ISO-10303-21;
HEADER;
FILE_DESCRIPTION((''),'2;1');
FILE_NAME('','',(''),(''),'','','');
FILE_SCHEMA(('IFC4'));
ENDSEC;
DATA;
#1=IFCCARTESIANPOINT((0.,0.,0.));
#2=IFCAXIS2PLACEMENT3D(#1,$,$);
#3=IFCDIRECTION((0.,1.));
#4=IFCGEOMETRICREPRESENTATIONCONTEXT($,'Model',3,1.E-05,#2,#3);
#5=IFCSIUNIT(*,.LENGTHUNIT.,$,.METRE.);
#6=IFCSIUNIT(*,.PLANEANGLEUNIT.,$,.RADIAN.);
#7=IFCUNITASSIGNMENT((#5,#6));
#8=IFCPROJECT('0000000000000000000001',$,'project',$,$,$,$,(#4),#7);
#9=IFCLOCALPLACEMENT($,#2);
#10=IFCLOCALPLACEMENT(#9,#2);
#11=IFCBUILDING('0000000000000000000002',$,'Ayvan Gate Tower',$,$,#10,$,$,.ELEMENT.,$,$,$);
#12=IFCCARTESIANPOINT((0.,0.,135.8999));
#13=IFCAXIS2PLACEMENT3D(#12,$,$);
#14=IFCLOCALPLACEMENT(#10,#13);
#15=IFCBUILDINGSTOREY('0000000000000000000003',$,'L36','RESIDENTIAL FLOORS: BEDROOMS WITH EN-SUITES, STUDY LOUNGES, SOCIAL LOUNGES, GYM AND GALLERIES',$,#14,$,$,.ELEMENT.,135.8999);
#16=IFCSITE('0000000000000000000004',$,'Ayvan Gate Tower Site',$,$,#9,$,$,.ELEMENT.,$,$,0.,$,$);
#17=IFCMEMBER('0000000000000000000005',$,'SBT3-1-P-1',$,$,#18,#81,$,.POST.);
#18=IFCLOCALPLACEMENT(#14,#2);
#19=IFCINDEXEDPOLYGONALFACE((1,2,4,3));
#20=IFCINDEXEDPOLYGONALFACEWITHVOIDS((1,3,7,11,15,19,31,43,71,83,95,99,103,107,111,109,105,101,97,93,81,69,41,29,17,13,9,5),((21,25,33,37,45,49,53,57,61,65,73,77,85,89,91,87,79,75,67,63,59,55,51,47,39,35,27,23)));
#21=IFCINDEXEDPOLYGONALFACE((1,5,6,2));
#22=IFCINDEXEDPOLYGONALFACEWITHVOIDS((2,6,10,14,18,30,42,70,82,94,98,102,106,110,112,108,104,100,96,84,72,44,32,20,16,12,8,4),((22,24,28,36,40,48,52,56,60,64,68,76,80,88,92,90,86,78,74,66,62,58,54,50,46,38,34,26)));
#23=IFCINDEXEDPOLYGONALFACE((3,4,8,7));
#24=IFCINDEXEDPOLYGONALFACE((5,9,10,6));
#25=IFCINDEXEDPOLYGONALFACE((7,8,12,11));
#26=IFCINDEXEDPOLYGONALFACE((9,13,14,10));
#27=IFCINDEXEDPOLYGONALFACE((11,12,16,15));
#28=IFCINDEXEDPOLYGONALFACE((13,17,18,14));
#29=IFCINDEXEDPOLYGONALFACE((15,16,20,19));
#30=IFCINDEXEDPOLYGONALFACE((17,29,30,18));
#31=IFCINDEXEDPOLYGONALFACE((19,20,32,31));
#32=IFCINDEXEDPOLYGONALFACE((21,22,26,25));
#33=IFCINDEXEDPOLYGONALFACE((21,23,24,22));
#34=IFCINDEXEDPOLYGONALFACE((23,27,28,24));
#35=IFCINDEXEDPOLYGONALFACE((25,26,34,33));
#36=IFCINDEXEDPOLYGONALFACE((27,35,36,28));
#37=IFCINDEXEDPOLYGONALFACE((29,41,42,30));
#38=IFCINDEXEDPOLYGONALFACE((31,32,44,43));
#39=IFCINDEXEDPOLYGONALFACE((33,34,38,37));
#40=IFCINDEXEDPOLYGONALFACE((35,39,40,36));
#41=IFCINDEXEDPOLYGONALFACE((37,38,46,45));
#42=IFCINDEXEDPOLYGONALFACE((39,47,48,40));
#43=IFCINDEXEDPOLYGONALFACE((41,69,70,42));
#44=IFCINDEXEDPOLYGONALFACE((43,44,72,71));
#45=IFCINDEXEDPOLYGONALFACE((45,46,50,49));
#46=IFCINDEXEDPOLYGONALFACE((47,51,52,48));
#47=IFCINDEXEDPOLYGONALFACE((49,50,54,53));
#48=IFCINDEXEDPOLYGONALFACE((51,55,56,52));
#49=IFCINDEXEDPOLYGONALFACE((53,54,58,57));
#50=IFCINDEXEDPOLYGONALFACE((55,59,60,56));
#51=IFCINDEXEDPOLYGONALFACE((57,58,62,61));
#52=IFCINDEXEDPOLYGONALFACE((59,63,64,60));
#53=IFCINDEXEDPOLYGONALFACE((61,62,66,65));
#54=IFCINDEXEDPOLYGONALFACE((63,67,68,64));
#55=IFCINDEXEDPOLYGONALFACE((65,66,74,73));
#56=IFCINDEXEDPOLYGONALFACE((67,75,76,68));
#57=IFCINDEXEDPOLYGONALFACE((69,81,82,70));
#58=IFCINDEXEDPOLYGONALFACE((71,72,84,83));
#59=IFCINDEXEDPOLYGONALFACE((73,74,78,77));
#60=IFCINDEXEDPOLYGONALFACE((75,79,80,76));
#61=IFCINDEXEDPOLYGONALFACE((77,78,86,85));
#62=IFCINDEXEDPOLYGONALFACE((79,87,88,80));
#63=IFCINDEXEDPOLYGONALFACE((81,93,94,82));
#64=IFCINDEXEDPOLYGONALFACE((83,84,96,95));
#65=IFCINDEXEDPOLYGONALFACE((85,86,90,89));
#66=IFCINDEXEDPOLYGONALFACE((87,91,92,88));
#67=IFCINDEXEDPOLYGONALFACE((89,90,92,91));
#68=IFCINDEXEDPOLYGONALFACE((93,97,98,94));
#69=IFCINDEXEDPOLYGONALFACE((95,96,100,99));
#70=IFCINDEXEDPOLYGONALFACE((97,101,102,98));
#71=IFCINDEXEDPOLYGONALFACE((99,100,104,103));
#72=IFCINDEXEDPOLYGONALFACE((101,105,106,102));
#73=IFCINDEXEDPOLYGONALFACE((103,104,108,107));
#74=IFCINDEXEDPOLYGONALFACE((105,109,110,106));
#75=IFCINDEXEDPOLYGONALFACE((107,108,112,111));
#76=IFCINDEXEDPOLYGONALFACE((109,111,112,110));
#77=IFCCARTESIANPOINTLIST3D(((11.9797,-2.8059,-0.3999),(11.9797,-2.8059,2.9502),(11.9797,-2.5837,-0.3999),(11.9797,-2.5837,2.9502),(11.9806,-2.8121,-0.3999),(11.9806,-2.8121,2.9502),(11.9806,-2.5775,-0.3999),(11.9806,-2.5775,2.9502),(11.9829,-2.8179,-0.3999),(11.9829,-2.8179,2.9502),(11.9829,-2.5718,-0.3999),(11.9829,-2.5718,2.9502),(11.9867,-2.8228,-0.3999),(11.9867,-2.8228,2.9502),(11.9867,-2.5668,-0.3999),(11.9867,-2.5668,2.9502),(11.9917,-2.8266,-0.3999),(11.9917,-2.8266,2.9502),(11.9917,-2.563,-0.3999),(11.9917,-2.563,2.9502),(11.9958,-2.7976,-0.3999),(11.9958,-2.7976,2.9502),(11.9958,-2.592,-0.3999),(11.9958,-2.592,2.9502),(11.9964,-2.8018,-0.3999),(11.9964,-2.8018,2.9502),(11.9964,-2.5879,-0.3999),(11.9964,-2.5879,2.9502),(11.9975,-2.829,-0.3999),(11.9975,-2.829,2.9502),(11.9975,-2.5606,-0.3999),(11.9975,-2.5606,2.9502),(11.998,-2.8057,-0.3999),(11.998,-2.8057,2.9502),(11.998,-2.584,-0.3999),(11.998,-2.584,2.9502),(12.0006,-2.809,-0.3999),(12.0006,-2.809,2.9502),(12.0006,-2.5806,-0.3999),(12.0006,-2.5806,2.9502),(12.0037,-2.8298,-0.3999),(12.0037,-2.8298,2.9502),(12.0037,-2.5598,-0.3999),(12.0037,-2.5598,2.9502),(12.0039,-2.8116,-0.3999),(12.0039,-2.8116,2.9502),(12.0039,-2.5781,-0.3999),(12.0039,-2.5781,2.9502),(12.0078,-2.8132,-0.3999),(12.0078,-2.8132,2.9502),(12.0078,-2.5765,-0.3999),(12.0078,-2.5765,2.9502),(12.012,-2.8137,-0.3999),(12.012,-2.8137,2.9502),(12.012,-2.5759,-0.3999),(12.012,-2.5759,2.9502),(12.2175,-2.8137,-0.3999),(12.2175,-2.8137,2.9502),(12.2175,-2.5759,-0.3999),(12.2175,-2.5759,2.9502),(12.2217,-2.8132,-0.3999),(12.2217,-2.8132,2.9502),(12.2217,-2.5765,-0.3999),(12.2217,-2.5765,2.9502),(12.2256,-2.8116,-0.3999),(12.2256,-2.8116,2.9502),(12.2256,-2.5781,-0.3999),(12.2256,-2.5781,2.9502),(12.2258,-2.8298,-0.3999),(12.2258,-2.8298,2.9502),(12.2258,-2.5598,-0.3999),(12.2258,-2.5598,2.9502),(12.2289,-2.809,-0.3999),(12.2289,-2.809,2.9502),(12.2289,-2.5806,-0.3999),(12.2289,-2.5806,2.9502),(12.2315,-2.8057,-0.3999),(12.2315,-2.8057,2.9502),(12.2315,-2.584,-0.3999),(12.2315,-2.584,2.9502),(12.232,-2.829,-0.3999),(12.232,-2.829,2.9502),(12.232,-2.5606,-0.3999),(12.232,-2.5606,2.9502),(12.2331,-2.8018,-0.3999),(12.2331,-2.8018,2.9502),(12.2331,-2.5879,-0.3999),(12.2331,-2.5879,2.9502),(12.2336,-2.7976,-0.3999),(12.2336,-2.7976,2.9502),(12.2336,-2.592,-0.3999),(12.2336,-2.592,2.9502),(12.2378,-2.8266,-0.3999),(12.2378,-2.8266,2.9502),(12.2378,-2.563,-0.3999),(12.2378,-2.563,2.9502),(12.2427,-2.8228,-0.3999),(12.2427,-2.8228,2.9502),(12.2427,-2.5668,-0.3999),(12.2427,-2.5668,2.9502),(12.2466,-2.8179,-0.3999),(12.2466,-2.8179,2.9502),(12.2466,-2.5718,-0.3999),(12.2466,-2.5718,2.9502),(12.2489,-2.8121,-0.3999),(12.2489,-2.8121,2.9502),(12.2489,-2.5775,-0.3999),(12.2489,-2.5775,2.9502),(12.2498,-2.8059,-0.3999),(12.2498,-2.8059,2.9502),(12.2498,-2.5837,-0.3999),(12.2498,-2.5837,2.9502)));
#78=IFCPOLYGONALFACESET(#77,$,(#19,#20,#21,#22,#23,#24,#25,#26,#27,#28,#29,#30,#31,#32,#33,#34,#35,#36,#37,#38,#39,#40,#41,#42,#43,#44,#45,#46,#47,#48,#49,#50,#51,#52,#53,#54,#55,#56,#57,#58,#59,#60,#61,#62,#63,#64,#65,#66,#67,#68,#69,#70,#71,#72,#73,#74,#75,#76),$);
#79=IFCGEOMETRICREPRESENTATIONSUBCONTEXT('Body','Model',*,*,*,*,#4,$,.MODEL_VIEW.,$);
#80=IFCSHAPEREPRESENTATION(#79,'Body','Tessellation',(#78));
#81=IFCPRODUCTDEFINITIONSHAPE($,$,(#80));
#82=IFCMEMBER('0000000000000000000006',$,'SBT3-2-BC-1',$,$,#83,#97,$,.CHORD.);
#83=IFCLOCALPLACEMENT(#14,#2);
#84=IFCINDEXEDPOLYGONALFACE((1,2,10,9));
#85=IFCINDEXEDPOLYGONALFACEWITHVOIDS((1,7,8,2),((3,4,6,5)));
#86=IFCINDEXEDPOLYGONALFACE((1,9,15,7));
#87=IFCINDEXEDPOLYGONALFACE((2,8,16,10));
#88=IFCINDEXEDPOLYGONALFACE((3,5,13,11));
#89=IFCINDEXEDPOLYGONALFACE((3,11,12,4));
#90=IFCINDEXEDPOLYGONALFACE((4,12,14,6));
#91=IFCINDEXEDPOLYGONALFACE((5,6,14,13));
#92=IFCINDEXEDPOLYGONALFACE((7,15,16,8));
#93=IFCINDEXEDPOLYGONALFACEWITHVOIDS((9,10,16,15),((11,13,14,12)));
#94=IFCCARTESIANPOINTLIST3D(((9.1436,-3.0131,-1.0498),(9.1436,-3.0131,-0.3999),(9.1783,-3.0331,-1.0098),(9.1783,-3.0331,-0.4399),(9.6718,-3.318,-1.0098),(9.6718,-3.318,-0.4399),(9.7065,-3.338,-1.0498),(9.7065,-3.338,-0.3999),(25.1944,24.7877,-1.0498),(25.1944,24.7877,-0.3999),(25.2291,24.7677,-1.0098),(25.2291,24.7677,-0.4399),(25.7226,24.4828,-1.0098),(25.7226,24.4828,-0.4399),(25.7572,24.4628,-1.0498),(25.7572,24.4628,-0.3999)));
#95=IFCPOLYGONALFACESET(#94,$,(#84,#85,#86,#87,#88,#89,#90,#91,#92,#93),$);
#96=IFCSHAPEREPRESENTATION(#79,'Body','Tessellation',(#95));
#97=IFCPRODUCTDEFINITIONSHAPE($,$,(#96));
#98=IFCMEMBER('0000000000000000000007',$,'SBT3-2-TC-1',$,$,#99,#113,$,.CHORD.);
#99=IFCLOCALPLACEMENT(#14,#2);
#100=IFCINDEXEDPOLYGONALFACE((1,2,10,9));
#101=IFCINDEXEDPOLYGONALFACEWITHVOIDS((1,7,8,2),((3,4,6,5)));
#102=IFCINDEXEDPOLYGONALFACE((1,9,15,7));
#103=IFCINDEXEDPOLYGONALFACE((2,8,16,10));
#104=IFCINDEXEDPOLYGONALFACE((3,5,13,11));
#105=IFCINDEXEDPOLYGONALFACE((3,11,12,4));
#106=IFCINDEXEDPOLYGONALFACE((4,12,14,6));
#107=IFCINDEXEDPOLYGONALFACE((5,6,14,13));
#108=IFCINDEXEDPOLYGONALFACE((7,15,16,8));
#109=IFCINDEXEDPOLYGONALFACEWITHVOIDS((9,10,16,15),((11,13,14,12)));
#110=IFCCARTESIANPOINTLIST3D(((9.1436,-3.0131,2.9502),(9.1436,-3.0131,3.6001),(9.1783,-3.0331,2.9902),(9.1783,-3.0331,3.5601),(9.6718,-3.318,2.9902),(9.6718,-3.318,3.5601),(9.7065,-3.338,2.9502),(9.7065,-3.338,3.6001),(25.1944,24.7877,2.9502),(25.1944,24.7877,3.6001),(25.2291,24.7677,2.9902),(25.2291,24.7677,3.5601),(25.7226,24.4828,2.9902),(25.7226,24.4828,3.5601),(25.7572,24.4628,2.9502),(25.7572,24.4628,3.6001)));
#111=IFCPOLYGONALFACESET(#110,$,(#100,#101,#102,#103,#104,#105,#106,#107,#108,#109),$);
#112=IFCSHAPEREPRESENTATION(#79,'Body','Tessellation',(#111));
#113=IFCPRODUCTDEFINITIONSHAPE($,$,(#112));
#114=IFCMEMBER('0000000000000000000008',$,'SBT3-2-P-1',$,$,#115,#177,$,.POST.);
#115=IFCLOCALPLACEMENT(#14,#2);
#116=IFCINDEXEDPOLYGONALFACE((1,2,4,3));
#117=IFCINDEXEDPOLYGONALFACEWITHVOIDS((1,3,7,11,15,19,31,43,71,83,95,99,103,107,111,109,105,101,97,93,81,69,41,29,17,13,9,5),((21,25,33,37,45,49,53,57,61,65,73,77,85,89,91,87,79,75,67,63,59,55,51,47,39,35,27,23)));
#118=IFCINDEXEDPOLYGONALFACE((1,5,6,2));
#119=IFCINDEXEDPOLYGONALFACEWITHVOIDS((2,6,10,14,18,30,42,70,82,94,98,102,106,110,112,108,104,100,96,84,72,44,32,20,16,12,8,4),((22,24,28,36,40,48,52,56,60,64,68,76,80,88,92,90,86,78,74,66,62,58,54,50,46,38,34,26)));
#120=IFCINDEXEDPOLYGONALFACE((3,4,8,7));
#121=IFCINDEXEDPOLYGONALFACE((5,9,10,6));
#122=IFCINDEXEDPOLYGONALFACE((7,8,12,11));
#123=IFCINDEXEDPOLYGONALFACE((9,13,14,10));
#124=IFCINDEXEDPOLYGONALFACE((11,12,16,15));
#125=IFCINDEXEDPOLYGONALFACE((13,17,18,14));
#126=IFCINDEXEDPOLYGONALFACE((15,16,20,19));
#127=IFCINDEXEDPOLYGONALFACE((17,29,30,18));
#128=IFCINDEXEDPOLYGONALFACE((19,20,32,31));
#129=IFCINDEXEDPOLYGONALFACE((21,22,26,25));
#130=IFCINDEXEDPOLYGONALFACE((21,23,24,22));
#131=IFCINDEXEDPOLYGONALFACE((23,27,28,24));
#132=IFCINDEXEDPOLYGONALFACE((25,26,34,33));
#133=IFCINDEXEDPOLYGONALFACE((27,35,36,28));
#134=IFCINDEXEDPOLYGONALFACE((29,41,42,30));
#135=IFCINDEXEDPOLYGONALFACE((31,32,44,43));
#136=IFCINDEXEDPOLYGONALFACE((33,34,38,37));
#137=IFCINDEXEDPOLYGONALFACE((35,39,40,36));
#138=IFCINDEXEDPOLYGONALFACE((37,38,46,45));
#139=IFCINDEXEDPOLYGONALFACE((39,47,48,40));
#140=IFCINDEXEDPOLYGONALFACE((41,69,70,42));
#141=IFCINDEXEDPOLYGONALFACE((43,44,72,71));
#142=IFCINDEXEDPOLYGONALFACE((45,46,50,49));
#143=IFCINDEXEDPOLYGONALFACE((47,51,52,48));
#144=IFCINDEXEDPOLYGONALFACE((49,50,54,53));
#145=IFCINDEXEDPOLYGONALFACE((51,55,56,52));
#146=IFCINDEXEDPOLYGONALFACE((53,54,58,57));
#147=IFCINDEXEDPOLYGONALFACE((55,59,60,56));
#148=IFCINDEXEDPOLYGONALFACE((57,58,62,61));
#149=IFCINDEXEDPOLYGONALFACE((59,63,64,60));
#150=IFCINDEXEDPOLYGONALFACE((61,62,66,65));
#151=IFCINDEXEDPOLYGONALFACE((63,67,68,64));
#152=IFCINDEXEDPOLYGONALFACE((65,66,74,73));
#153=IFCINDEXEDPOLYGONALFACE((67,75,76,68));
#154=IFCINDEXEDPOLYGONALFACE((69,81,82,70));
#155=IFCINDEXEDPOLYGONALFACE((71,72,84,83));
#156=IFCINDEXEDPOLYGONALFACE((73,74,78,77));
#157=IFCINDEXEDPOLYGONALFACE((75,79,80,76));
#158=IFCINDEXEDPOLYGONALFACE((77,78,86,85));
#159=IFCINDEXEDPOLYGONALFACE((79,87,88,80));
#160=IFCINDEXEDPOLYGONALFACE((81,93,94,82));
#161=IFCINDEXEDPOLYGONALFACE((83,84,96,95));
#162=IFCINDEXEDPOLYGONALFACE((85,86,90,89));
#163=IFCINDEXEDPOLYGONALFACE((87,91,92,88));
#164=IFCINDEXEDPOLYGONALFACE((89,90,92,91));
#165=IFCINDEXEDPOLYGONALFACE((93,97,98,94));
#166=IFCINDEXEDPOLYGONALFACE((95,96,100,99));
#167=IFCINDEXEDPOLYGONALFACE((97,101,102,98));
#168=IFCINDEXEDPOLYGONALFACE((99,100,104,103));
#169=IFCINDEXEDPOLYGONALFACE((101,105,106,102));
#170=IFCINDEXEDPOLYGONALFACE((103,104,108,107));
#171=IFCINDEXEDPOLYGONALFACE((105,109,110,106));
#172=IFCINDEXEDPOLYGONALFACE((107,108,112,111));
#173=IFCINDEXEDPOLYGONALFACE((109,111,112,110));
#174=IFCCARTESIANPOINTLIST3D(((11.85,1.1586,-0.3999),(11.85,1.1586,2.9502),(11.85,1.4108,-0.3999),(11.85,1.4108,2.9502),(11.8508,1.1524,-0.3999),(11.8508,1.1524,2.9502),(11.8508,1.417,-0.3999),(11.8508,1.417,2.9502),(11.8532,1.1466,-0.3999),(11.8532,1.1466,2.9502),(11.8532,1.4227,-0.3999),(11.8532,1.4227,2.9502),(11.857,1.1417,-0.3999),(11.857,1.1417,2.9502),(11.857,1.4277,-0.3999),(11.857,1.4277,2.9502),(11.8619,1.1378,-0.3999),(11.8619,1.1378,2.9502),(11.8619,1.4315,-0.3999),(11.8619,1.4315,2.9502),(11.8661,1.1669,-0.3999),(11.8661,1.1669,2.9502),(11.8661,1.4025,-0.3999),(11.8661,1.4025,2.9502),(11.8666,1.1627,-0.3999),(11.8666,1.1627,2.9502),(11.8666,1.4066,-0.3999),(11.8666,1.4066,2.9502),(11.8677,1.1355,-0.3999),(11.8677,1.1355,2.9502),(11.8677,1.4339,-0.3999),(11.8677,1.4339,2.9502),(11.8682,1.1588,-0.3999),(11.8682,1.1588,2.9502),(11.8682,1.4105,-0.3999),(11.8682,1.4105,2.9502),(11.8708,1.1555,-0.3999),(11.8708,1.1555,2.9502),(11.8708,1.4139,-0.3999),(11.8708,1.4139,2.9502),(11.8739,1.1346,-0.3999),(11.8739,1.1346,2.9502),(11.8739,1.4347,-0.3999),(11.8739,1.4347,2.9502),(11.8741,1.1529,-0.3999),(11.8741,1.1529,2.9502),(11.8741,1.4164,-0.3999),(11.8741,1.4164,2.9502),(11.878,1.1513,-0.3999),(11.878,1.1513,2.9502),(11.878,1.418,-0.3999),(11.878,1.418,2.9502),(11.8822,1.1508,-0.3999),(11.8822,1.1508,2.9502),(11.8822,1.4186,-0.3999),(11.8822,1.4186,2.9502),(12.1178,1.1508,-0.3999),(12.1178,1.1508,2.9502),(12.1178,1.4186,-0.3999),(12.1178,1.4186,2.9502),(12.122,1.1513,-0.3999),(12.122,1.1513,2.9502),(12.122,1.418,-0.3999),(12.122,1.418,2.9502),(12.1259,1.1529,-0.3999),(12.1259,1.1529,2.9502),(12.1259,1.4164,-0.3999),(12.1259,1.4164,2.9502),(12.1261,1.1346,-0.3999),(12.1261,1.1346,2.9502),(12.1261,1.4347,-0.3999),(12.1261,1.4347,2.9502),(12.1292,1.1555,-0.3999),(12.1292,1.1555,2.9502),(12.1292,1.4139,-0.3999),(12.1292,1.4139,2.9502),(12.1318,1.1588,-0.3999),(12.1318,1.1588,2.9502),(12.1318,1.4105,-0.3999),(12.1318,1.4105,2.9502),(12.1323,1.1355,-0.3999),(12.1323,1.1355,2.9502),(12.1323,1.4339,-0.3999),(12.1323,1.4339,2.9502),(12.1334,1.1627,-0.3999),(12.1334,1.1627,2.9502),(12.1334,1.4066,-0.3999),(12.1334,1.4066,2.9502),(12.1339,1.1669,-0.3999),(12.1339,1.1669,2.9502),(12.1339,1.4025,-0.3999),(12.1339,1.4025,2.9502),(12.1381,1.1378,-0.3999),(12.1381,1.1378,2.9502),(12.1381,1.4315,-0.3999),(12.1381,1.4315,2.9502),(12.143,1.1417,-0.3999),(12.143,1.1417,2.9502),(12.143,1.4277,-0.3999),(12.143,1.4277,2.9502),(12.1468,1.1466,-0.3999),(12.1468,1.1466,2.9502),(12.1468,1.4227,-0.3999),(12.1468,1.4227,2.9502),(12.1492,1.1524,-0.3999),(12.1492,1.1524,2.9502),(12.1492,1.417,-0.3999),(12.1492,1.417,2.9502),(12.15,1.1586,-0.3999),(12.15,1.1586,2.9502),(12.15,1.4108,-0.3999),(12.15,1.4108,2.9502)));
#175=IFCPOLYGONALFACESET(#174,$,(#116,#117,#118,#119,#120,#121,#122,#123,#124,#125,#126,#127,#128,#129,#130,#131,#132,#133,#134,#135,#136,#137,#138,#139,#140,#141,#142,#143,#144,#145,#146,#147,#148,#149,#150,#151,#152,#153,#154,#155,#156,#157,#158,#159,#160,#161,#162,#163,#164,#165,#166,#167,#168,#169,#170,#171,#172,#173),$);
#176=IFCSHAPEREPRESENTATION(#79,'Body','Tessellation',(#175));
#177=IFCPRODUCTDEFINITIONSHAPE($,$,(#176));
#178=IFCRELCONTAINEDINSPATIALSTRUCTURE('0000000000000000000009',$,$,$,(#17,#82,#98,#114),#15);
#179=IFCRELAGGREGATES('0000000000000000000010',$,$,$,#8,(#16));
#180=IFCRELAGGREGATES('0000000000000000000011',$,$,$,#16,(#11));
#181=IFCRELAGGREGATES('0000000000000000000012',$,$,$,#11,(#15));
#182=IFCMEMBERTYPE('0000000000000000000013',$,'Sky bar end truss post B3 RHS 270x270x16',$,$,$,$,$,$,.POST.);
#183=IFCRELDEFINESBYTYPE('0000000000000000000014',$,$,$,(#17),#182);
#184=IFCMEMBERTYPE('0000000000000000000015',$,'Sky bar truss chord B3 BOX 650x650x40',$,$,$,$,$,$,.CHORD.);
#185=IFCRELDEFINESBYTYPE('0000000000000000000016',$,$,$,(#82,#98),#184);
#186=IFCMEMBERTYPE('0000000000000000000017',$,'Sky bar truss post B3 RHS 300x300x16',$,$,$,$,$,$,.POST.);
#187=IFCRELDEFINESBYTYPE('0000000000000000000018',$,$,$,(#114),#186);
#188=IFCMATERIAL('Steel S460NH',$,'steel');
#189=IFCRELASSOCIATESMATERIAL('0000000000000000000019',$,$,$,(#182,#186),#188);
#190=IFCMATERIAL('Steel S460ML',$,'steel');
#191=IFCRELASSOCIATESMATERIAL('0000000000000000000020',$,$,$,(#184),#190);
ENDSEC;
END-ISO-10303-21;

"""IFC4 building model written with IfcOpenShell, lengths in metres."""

from ifc_helpers import new_model, si_unit, direction, frame, origin, origin_2d, place, context, subcontext, project, spatial, hollow_rectangle, extrude, material, material_profile, profile_set, type_object, element, save


model = new_model("IFC4")

# Units and contexts
model_context = context("Model", 3, precision=1e-05, world=origin(), true_north=direction((0.0, 1.0)))
body_context = subcontext(model_context, "Body", "Model", "MODEL_VIEW")
ifc_project = project(units=[si_unit("LENGTHUNIT", "METRE"), si_unit("PLANEANGLEUNIT", "RADIAN")], contexts=[model_context])

# Site, building, storey
site_placement = place(None, origin())
site = spatial("IfcSite", under=ifc_project, at=site_placement, Name="Ayvan Gate Tower Site", CompositionType="ELEMENT", RefElevation=0.0)
building_placement = place(site_placement, origin())
building = spatial("IfcBuilding", under=site, at=building_placement, Name="Ayvan Gate Tower", CompositionType="ELEMENT")
storey_placement = place(building_placement, frame((0.0, 0.0, 135.8999)))
storey = spatial("IfcBuildingStorey", under=building, at=storey_placement, Name="L36", Description="RESIDENTIAL FLOORS: BEDROOMS WITH EN-SUITES, STUDY LOUNGES, SOCIAL LOUNGES, GYM AND GALLERIES", CompositionType="ELEMENT", Elevation=135.8999)

# Members
ifc_material_1 = material(Name="Steel S460NH", Category="steel")
ifc_material_profile_1 = material_profile(ifc_material_1, hollow_rectangle(XDim=0.27, YDim=0.27, WallThickness=0.0161, InnerFilletRadius=0.0161, OuterFilletRadius=0.0239, at=origin_2d()), Name="RHS 270x270x16")
ifc_profile_set_1 = profile_set([ifc_material_profile_1], Name="Steel S460NH")
member_type_1 = type_object("IfcMemberType", Name="Sky bar end truss post B3 RHS 270x270x16", PredefinedType="POST", material=ifc_profile_set_1)
member_1_placement = place(storey_placement, frame((12.1147, -2.6948, -0.3999), z_axis=(0.0, 0.0, 1.0), x_axis=(1.0, 0.0, 0.0)))
element("IfcMember", 1, at=member_1_placement, inside=storey, type_object=member_type_1, Name="SBT3-1-P-1", PredefinedType="POST", context=body_context, shape_type="SweptSolid", body=[
    extrude(hollow_rectangle(XDim=0.27, YDim=0.27, WallThickness=0.0161, InnerFilletRadius=0.0161, OuterFilletRadius=0.0239, at=origin_2d()), origin(), (0.0, 0.0, 1.0), 3.3501),
])
ifc_material_2 = material(Name="Steel S460ML", Category="steel")
ifc_material_profile_2 = material_profile(ifc_material_2, hollow_rectangle(XDim=0.6499, YDim=0.6499, WallThickness=0.04, at=origin_2d()), Name="BOX 650x650x40")
ifc_profile_set_2 = profile_set([ifc_material_profile_2], Name="Steel S460ML")
member_type_2 = type_object("IfcMemberType", Name="Sky bar truss chord B3 BOX 650x650x40", PredefinedType="CHORD", material=ifc_profile_set_2)
for number, where, z_axis, x_axis, name in (
    (2, (9.425, -3.1755, -0.7249), (0.5, 0.866026, 0.0), (-0.866026, 0.5, 0.0), "SBT3-2-BC-1"),
    (3, (9.425, -3.1755, 3.2751), (0.5, 0.866026, 0.0), (-0.866026, 0.5, 0.0), "SBT3-2-TC-1"),
):
    element("IfcMember", number, at=place(storey_placement, frame(where, z_axis=z_axis, x_axis=x_axis)), inside=storey, type_object=member_type_2, Name=name, PredefinedType="CHORD", context=body_context, shape_type="SweptSolid", body=[
        extrude(hollow_rectangle(XDim=0.6499, YDim=0.6499, WallThickness=0.04, at=origin_2d()), origin(), (0.0, 0.0, 1.0), 32.1016),
    ])
ifc_material_profile_3 = material_profile(ifc_material_1, hollow_rectangle(XDim=0.3, YDim=0.3, WallThickness=0.0161, InnerFilletRadius=0.0161, OuterFilletRadius=0.0239, at=origin_2d()), Name="RHS 300x300x16")
ifc_profile_set_3 = profile_set([ifc_material_profile_3], Name="Steel S460NH")
member_type_3 = type_object("IfcMemberType", Name="Sky bar truss post B3 RHS 300x300x16", PredefinedType="POST", material=ifc_profile_set_3)
member_2_placement = place(storey_placement, frame((12.0, 1.2847, -0.3999), z_axis=(0.0, 0.0, 1.0), x_axis=(1.0, 0.0, 0.0)))
element("IfcMember", 4, at=member_2_placement, inside=storey, type_object=member_type_3, Name="SBT3-2-P-1", PredefinedType="POST", context=body_context, shape_type="SweptSolid", body=[
    extrude(hollow_rectangle(XDim=0.3, YDim=0.3, WallThickness=0.0161, InnerFilletRadius=0.0161, OuterFilletRadius=0.0239, at=origin_2d()), origin(), (0.0, 0.0, 1.0), 3.3501),
])

save(model, "model.ifc")
